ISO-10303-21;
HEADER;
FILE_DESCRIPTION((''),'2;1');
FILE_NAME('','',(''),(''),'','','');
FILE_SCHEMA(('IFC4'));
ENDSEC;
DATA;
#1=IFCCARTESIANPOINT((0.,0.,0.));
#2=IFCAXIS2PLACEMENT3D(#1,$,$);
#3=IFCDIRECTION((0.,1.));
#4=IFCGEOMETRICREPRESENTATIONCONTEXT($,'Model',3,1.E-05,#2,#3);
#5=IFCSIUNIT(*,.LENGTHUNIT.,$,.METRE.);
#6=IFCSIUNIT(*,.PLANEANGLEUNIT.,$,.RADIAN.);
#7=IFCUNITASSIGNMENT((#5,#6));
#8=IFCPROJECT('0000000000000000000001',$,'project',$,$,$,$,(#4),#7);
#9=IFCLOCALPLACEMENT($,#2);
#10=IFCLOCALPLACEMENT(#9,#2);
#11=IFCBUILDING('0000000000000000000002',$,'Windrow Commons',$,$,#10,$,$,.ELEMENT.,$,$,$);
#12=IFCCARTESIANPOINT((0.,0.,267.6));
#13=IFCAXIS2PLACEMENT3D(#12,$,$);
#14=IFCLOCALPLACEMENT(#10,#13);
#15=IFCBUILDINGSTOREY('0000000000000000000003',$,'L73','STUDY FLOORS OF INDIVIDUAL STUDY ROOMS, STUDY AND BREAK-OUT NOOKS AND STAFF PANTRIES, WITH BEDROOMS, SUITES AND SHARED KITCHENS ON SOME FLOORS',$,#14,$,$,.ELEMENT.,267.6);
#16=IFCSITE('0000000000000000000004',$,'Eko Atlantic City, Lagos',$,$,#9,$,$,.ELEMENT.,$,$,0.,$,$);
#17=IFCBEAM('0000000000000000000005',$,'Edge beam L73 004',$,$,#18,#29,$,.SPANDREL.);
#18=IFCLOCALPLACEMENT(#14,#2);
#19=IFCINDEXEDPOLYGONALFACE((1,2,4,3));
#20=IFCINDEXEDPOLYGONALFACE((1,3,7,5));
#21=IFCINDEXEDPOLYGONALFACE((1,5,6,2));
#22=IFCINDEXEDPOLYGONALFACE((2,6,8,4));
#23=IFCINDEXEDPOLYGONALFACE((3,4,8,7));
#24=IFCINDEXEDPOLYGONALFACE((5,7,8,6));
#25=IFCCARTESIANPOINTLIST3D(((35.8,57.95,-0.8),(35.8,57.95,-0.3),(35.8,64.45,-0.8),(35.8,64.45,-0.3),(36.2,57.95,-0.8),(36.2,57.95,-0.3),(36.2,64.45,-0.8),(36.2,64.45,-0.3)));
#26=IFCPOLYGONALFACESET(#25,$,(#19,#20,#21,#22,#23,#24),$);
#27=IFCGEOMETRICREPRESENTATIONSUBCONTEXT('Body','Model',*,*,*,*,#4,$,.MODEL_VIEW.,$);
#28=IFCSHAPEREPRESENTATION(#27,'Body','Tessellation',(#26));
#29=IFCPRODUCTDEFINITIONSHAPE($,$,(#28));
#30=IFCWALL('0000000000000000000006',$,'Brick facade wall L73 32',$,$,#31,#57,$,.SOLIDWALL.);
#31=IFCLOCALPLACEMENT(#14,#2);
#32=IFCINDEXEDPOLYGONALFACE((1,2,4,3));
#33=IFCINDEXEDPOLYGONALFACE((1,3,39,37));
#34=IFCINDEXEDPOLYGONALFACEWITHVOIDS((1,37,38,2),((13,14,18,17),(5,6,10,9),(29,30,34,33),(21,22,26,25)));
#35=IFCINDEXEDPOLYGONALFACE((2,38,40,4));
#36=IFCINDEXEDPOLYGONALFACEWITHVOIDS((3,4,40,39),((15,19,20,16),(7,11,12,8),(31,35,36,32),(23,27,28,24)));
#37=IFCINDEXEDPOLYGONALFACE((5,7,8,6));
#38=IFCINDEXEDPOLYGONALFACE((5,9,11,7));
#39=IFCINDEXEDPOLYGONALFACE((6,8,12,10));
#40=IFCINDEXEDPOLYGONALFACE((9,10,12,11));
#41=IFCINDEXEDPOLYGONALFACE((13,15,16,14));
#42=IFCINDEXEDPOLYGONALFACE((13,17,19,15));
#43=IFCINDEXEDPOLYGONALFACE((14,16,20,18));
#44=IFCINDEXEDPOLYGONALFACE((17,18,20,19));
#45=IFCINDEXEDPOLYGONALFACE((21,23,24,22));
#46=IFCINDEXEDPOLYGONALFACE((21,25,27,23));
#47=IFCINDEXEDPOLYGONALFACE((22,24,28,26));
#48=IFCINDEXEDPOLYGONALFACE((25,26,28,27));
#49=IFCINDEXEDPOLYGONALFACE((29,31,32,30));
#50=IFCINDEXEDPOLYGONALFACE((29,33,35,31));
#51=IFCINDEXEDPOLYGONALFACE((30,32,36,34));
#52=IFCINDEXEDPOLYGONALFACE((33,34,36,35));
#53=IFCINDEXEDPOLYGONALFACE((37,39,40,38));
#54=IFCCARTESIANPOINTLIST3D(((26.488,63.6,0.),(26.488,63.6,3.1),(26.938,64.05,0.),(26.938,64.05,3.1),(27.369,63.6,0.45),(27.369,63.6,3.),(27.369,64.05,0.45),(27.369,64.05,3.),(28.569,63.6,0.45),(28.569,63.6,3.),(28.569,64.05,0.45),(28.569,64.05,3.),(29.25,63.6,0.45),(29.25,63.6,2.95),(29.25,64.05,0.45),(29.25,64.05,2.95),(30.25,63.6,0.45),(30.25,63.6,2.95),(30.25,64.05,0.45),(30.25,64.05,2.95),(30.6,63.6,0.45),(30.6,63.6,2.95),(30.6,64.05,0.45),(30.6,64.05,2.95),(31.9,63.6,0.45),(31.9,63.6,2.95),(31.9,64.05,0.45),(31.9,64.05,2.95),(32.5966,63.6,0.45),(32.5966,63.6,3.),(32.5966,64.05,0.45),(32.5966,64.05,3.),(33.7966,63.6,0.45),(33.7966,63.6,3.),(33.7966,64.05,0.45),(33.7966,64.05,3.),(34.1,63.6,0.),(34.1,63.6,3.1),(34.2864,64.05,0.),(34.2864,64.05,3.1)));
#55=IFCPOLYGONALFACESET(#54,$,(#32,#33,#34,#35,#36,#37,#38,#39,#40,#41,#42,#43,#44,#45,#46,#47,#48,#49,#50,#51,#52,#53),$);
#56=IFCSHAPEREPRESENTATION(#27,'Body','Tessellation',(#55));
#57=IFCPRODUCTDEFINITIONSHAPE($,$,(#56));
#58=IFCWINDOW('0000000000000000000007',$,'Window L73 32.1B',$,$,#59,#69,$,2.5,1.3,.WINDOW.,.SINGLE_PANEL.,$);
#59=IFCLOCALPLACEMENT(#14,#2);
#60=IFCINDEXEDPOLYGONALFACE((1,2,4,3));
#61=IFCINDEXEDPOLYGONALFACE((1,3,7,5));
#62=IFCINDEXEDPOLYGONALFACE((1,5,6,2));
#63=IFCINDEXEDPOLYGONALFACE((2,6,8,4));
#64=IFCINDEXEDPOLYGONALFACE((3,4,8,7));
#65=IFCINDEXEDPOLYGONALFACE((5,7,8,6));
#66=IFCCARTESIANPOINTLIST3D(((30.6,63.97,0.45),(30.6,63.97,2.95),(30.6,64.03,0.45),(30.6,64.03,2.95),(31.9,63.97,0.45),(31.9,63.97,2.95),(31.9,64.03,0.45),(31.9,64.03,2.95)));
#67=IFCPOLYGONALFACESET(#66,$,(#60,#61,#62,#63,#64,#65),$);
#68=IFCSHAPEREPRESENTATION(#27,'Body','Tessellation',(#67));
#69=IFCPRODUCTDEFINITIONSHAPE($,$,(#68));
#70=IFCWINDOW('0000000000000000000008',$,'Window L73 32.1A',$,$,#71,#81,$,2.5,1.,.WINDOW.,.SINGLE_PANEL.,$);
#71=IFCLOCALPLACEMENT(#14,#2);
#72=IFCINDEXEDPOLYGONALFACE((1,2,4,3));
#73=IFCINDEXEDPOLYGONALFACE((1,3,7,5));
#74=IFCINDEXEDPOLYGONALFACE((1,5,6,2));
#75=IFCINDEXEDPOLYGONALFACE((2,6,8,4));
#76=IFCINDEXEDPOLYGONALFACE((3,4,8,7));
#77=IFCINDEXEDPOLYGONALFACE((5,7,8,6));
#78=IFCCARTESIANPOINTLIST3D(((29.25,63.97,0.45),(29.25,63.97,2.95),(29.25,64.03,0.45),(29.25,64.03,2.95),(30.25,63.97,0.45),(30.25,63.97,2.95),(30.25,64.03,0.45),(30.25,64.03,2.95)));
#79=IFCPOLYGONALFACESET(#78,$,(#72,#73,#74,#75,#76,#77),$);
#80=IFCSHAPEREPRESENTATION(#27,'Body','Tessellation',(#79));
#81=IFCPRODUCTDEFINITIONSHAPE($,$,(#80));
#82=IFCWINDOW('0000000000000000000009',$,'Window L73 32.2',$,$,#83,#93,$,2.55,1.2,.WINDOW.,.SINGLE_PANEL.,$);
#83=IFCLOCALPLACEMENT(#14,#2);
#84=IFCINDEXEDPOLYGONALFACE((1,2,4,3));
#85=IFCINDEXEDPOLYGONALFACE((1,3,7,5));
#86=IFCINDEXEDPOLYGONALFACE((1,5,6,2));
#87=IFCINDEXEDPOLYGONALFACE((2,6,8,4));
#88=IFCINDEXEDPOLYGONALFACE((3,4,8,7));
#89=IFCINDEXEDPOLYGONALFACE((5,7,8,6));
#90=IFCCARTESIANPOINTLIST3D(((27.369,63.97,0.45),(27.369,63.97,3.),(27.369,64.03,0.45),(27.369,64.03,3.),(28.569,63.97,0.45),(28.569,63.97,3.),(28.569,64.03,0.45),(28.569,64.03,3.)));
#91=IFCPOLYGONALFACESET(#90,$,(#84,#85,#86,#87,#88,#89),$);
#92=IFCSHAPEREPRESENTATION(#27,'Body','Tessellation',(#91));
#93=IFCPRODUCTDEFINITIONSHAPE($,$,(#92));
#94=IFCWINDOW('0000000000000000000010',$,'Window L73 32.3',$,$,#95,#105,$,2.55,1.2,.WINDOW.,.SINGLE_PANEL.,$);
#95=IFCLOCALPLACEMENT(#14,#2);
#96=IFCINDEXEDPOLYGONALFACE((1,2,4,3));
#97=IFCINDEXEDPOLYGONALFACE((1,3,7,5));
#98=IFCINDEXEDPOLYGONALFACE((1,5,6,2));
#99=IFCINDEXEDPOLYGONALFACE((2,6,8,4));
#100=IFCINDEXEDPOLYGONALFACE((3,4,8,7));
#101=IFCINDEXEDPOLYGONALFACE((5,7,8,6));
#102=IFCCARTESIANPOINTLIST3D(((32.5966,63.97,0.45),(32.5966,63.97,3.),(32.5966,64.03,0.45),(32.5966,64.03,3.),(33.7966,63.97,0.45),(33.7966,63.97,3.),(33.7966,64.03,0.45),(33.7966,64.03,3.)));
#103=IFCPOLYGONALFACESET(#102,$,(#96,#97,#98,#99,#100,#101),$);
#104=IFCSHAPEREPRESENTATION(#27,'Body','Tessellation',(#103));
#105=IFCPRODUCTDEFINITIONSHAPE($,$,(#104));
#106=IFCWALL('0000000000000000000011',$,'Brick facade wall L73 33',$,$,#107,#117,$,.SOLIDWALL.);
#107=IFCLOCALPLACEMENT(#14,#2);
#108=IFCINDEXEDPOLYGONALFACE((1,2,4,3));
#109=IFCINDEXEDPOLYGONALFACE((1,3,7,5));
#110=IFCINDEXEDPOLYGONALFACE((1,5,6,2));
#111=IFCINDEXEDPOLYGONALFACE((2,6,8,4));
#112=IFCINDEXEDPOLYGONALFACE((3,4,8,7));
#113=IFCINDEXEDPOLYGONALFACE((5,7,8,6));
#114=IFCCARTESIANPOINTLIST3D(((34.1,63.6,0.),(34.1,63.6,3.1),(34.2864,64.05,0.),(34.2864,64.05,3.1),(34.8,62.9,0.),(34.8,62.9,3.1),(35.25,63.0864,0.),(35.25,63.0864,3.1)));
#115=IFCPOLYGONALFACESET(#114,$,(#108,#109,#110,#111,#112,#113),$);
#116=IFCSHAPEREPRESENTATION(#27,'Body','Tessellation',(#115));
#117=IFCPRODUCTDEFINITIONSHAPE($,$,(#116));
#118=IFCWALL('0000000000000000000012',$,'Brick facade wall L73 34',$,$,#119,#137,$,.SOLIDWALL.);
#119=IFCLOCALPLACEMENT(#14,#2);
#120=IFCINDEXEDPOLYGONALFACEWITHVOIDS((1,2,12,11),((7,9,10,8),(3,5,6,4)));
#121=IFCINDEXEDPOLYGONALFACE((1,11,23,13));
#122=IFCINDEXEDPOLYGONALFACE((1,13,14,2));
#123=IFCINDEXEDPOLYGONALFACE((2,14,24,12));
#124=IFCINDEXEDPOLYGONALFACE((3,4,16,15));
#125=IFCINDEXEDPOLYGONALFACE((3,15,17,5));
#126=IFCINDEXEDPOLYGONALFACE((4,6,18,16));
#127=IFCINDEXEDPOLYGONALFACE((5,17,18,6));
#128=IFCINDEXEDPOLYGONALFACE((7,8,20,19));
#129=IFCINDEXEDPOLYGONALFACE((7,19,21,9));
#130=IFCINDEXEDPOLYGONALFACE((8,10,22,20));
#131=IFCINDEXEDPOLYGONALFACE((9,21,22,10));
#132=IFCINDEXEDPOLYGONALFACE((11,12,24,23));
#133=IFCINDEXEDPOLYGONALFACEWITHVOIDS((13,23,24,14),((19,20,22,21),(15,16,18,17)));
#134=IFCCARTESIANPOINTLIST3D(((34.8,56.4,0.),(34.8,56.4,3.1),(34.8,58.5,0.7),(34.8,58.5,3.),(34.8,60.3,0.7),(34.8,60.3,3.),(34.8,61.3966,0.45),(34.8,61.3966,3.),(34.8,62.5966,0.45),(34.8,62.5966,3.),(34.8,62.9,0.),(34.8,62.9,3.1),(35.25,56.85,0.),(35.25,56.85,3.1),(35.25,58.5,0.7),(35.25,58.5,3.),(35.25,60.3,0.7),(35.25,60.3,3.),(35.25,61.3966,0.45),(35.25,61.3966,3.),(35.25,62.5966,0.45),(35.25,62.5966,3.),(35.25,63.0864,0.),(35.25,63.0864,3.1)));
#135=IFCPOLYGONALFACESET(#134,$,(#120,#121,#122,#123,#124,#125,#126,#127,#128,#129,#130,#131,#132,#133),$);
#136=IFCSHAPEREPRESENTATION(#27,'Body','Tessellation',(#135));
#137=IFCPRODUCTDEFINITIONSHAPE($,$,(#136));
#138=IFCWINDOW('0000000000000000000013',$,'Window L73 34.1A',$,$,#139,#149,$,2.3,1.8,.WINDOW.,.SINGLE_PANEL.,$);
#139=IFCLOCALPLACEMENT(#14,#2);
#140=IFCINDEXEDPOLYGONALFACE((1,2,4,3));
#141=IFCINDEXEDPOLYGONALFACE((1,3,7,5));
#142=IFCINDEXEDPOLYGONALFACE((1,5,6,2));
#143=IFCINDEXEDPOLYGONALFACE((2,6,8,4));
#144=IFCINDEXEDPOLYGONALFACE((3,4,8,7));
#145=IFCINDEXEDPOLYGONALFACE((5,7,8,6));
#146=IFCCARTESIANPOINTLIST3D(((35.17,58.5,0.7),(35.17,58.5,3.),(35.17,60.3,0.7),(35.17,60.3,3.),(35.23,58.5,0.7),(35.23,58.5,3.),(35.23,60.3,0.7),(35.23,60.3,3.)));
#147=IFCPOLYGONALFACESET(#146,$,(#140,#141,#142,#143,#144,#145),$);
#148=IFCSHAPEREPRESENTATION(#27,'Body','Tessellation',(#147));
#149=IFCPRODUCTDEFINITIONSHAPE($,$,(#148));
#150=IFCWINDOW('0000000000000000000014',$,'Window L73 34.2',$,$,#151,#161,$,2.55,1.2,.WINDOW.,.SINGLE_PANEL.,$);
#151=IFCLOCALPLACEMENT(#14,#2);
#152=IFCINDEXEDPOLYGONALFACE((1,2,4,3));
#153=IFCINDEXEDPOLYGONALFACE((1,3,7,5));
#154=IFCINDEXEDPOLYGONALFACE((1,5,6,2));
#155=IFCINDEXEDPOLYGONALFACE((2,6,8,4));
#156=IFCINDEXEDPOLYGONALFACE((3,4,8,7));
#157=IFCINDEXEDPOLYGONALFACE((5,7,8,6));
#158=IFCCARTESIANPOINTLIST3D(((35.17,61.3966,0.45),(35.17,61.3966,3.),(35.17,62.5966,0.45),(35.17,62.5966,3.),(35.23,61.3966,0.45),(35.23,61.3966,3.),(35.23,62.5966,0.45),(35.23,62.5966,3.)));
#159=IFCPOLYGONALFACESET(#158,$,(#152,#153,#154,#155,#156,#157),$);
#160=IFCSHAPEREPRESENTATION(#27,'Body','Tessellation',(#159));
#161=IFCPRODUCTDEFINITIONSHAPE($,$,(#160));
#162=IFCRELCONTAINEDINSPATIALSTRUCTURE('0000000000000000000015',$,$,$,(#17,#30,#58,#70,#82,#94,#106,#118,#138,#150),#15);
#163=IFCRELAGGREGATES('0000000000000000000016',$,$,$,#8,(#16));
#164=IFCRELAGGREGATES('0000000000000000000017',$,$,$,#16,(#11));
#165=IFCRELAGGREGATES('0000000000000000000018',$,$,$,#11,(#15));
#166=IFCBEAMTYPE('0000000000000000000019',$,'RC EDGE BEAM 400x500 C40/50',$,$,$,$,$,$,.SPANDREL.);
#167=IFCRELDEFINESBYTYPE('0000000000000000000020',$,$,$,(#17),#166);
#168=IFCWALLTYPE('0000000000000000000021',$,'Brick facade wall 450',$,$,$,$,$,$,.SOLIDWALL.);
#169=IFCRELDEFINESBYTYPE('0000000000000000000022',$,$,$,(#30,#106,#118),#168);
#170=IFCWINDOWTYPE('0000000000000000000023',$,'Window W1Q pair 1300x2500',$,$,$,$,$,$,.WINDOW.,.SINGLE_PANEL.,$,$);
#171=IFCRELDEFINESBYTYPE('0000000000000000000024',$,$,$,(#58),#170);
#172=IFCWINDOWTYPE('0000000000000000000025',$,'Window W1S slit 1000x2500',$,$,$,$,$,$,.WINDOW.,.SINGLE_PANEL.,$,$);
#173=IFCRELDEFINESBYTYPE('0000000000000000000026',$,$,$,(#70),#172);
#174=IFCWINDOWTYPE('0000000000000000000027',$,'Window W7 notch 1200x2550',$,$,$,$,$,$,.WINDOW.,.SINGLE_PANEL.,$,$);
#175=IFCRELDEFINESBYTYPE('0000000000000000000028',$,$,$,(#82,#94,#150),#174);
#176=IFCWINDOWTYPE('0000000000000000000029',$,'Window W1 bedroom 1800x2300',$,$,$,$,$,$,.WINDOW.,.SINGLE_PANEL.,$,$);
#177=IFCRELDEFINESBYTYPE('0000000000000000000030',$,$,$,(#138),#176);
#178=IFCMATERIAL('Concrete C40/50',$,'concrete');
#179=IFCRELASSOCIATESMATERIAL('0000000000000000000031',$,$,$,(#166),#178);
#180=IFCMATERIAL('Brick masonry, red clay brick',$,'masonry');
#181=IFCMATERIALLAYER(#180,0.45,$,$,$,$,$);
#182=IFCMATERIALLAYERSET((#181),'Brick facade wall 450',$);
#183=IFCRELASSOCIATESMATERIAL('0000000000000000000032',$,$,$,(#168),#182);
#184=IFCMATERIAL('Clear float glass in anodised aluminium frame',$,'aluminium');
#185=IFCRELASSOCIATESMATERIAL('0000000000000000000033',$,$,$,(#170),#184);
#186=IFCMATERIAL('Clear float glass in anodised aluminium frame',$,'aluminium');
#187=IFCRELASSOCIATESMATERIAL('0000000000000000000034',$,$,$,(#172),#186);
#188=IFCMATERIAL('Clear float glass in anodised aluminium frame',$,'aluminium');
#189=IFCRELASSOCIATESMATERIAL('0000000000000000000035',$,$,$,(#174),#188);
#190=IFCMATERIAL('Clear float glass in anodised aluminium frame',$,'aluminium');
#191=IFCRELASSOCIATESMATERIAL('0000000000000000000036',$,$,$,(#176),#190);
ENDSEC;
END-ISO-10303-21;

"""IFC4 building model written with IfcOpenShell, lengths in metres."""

from ifc_helpers import new_model, si_unit, direction, frame, frame_2d, origin, origin_2d, place, context, subcontext, project, spatial, polyline, rectangle, outline, extrude, material, layer, layer_set, material_profile, profile_set, type_object, element, fill, save


model = new_model("IFC4")

# Units and contexts
model_context = context("Model", 3, precision=1e-05, world=origin(), true_north=direction((0.0, 1.0)))
body_context = subcontext(model_context, "Body", "Model", "MODEL_VIEW")
ifc_project = project(units=[si_unit("LENGTHUNIT", "METRE"), si_unit("PLANEANGLEUNIT", "RADIAN")], contexts=[model_context])

# Site, building, storey
site_placement = place(None, origin())
site = spatial("IfcSite", under=ifc_project, at=site_placement, Name="Eko Atlantic City, Lagos", CompositionType="ELEMENT", RefElevation=0.0)
building_placement = place(site_placement, origin())
building = spatial("IfcBuilding", under=site, at=building_placement, Name="Windrow Commons", CompositionType="ELEMENT")
storey_placement = place(building_placement, frame((0.0, 0.0, 267.6)))
storey = spatial("IfcBuildingStorey", under=building, at=storey_placement, Name="L73", Description="STUDY FLOORS OF INDIVIDUAL STUDY ROOMS, STUDY AND BREAK-OUT NOOKS AND STAFF PANTRIES, WITH BEDROOMS, SUITES AND SHARED KITCHENS ON SOME FLOORS", CompositionType="ELEMENT", Elevation=267.6)

# Beam
ifc_material_1 = material(Name="Concrete C40/50", Category="concrete")
ifc_material_profile = material_profile(ifc_material_1, rectangle(XDim=0.4, YDim=0.5, at=origin_2d()))
ifc_profile_set = profile_set([ifc_material_profile], Name="Concrete C40/50")
beam_type = type_object("IfcBeamType", Name="RC EDGE BEAM 400x500 C40/50", PredefinedType="SPANDREL", material=ifc_profile_set)
beam_placement = place(storey_placement, frame((36.0, 57.95, -0.55), z_axis=(0.0, 1.0, 0.0), x_axis=(-1.0, 0.0, 0.0)))
element("IfcBeam", 1, at=beam_placement, inside=storey, type_object=beam_type, Name="Edge beam L73 004", PredefinedType="SPANDREL", context=body_context, shape_type="SweptSolid", body=[
    extrude(rectangle(XDim=0.4, YDim=0.5, at=origin_2d()), origin(), (0.0, 0.0, 1.0), 6.5),
])

# Wall, openings, windows
ifc_material_2 = material(Name="Brick masonry, red clay brick", Category="masonry")
ifc_layer_1 = layer(ifc_material_2, 0.45)
ifc_layer_set_1 = layer_set([ifc_layer_1], Name="Brick facade wall 450")
wall_type_1 = type_object("IfcWallType", Name="Brick facade wall 450", PredefinedType="SOLIDWALL", material=ifc_layer_set_1)
wall_1_placement = place(storey_placement, frame((26.713, 63.825, 0.0), z_axis=(0.0, 0.0, 1.0), x_axis=(1.0, 0.0, 0.0)))
wall_1 = element("IfcWall", 2, at=wall_1_placement, inside=storey, type_object=wall_type_1, Name="Brick facade wall L73 32", PredefinedType="SOLIDWALL", context=body_context, shape_type="SweptSolid", body=[
    extrude(outline(polyline([(-0.225, -0.225), (7.387, -0.225), (7.5734, 0.225), (0.225, 0.225), (-0.225, -0.225)])), origin(), (0.0, 0.0, 1.0), 3.1),
])
opening_1_placement = place(wall_1_placement, frame((0.656, 0.0, 0.45)))
opening_1 = element("IfcOpeningElement", 3, at=opening_1_placement, cuts=wall_1, PredefinedType="OPENING", context=body_context, shape_type="SweptSolid", body=[
    extrude(rectangle(XDim=1.2, YDim=2.55, at=frame_2d((0.6, 1.275))), frame((0.0, 0.235, 0.0), z_axis=(0.0, -1.0, 0.0), x_axis=(1.0, 0.0, 0.0)), (0.0, 0.0, 1.0), 0.47),
])
opening_2_placement = place(wall_1_placement, frame((5.8836, 0.0, 0.45)))
opening_2 = element("IfcOpeningElement", 4, at=opening_2_placement, cuts=wall_1, PredefinedType="OPENING", context=body_context, shape_type="SweptSolid", body=[
    extrude(rectangle(XDim=1.2, YDim=2.55, at=frame_2d((0.6, 1.275))), frame((0.0, 0.235, 0.0), z_axis=(0.0, -1.0, 0.0), x_axis=(1.0, 0.0, 0.0)), (0.0, 0.0, 1.0), 0.47),
])
opening_3_placement = place(wall_1_placement, frame((2.537, 0.0, 0.45)))
opening_3 = element("IfcOpeningElement", 5, at=opening_3_placement, cuts=wall_1, PredefinedType="OPENING", context=body_context, shape_type="SweptSolid", body=[
    extrude(rectangle(XDim=1.0, YDim=2.5, at=frame_2d((0.5, 1.25))), frame((0.0, 0.235, 0.0), z_axis=(0.0, -1.0, 0.0), x_axis=(1.0, 0.0, 0.0)), (0.0, 0.0, 1.0), 0.47),
])
opening_4_placement = place(wall_1_placement, frame((3.887, 0.0, 0.45)))
opening_4 = element("IfcOpeningElement", 6, at=opening_4_placement, cuts=wall_1, PredefinedType="OPENING", context=body_context, shape_type="SweptSolid", body=[
    extrude(rectangle(XDim=1.3, YDim=2.5, at=frame_2d((0.65, 1.25))), frame((0.0, 0.235, 0.0), z_axis=(0.0, -1.0, 0.0), x_axis=(1.0, 0.0, 0.0)), (0.0, 0.0, 1.0), 0.47),
])
ifc_material_3 = material(Name="Clear float glass in anodised aluminium frame", Category="aluminium")
window_type_1 = type_object("IfcWindowType", Name="Window W1Q pair 1300x2500", PartitioningType="SINGLE_PANEL", PredefinedType="WINDOW", material=ifc_material_3)
window_1_placement = place(opening_4_placement, origin())
window_1 = element("IfcWindow", 7, at=window_1_placement, inside=storey, type_object=window_type_1, Name="Window L73 32.1B", OverallHeight=2.5, OverallWidth=1.3, PartitioningType="SINGLE_PANEL", PredefinedType="WINDOW", context=body_context, shape_type="SweptSolid", body=[
    extrude(rectangle(XDim=1.3, YDim=2.5, at=frame_2d((0.65, 1.25))), frame((0.0, 0.205, 0.0), z_axis=(0.0, -1.0, 0.0), x_axis=(1.0, 0.0, 0.0)), (0.0, 0.0, 1.0), 0.06),
])
fill(opening_4, window_1)
ifc_material_4 = material(Name="Clear float glass in anodised aluminium frame", Category="aluminium")
window_type_2 = type_object("IfcWindowType", Name="Window W1S slit 1000x2500", PartitioningType="SINGLE_PANEL", PredefinedType="WINDOW", material=ifc_material_4)
window_2_placement = place(opening_3_placement, origin())
window_2 = element("IfcWindow", 8, at=window_2_placement, inside=storey, type_object=window_type_2, Name="Window L73 32.1A", OverallHeight=2.5, OverallWidth=1.0, PartitioningType="SINGLE_PANEL", PredefinedType="WINDOW", context=body_context, shape_type="SweptSolid", body=[
    extrude(rectangle(XDim=1.0, YDim=2.5, at=frame_2d((0.5, 1.25))), frame((0.0, 0.205, 0.0), z_axis=(0.0, -1.0, 0.0), x_axis=(1.0, 0.0, 0.0)), (0.0, 0.0, 1.0), 0.06),
])
fill(opening_3, window_2)
ifc_material_5 = material(Name="Clear float glass in anodised aluminium frame", Category="aluminium")
window_type_3 = type_object("IfcWindowType", Name="Window W7 notch 1200x2550", PartitioningType="SINGLE_PANEL", PredefinedType="WINDOW", material=ifc_material_5)
window_3_placement = place(opening_1_placement, origin())
window_3 = element("IfcWindow", 9, at=window_3_placement, inside=storey, type_object=window_type_3, Name="Window L73 32.2", OverallHeight=2.55, OverallWidth=1.2, PartitioningType="SINGLE_PANEL", PredefinedType="WINDOW", context=body_context, shape_type="SweptSolid", body=[
    extrude(rectangle(XDim=1.2, YDim=2.55, at=frame_2d((0.6, 1.275))), frame((0.0, 0.205, 0.0), z_axis=(0.0, -1.0, 0.0), x_axis=(1.0, 0.0, 0.0)), (0.0, 0.0, 1.0), 0.06),
])
fill(opening_1, window_3)
window_4_placement = place(opening_2_placement, origin())
window_4 = element("IfcWindow", 10, at=window_4_placement, inside=storey, type_object=window_type_3, Name="Window L73 32.3", OverallHeight=2.55, OverallWidth=1.2, PartitioningType="SINGLE_PANEL", PredefinedType="WINDOW", context=body_context, shape_type="SweptSolid", body=[
    extrude(rectangle(XDim=1.2, YDim=2.55, at=frame_2d((0.6, 1.275))), frame((0.0, 0.205, 0.0), z_axis=(0.0, -1.0, 0.0), x_axis=(1.0, 0.0, 0.0)), (0.0, 0.0, 1.0), 0.06),
])
fill(opening_2, window_4)

# Wall
wall_2_placement = place(storey_placement, frame((34.1932, 63.825, 0.0), z_axis=(0.0, 0.0, 1.0), x_axis=(0.707107, -0.707107, 0.0)))
element("IfcWall", 11, at=wall_2_placement, inside=storey, type_object=wall_type_1, Name="Brick facade wall L73 33", PredefinedType="SOLIDWALL", context=body_context, shape_type="SweptSolid", body=[
    extrude(outline(polyline([(0.0932, -0.225), (1.0831, -0.225), (1.2695, 0.225), (-0.0932, 0.225), (0.0932, -0.225)])), origin(), (0.0, 0.0, 1.0), 3.1),
])

# Wall, openings, windows
wall_3_placement = place(storey_placement, frame((35.025, 62.9932, 0.0), z_axis=(0.0, 0.0, 1.0), x_axis=(0.0, -1.0, 0.0)))
wall_3 = element("IfcWall", 12, at=wall_3_placement, inside=storey, type_object=wall_type_1, Name="Brick facade wall L73 34", PredefinedType="SOLIDWALL", context=body_context, shape_type="SweptSolid", body=[
    extrude(outline(polyline([(0.0932, -0.225), (6.5932, -0.225), (6.1432, 0.225), (-0.0932, 0.225), (0.0932, -0.225)])), origin(), (0.0, 0.0, 1.0), 3.1),
])
opening_5_placement = place(wall_3_placement, frame((0.3966, 0.0, 0.45)))
opening_5 = element("IfcOpeningElement", 13, at=opening_5_placement, cuts=wall_3, PredefinedType="OPENING", context=body_context, shape_type="SweptSolid", body=[
    extrude(rectangle(XDim=1.2, YDim=2.55, at=frame_2d((0.6, 1.275))), frame((0.0, 0.235, 0.0), z_axis=(0.0, -1.0, 0.0), x_axis=(1.0, 0.0, 0.0)), (0.0, 0.0, 1.0), 0.47),
])
opening_6_placement = place(wall_3_placement, frame((2.6932, 0.0, 0.7)))
opening_6 = element("IfcOpeningElement", 14, at=opening_6_placement, cuts=wall_3, PredefinedType="OPENING", context=body_context, shape_type="SweptSolid", body=[
    extrude(rectangle(XDim=1.8, YDim=2.3, at=frame_2d((0.9, 1.15))), frame((0.0, 0.235, 0.0), z_axis=(0.0, -1.0, 0.0), x_axis=(1.0, 0.0, 0.0)), (0.0, 0.0, 1.0), 0.47),
])
ifc_material_6 = material(Name="Clear float glass in anodised aluminium frame", Category="aluminium")
window_type_4 = type_object("IfcWindowType", Name="Window W1 bedroom 1800x2300", PartitioningType="SINGLE_PANEL", PredefinedType="WINDOW", material=ifc_material_6)
window_5_placement = place(opening_6_placement, origin())
window_5 = element("IfcWindow", 15, at=window_5_placement, inside=storey, type_object=window_type_4, Name="Window L73 34.1A", OverallHeight=2.3, OverallWidth=1.8, PartitioningType="SINGLE_PANEL", PredefinedType="WINDOW", context=body_context, shape_type="SweptSolid", body=[
    extrude(rectangle(XDim=1.8, YDim=2.3, at=frame_2d((0.9, 1.15))), frame((0.0, 0.205, 0.0), z_axis=(0.0, -1.0, 0.0), x_axis=(1.0, 0.0, 0.0)), (0.0, 0.0, 1.0), 0.06),
])
fill(opening_6, window_5)
window_6_placement = place(opening_5_placement, origin())
window_6 = element("IfcWindow", 16, at=window_6_placement, inside=storey, type_object=window_type_3, Name="Window L73 34.2", OverallHeight=2.55, OverallWidth=1.2, PartitioningType="SINGLE_PANEL", PredefinedType="WINDOW", context=body_context, shape_type="SweptSolid", body=[
    extrude(rectangle(XDim=1.2, YDim=2.55, at=frame_2d((0.6, 1.275))), frame((0.0, 0.205, 0.0), z_axis=(0.0, -1.0, 0.0), x_axis=(1.0, 0.0, 0.0)), (0.0, 0.0, 1.0), 0.06),
])
fill(opening_5, window_6)

save(model, "model.ifc")
